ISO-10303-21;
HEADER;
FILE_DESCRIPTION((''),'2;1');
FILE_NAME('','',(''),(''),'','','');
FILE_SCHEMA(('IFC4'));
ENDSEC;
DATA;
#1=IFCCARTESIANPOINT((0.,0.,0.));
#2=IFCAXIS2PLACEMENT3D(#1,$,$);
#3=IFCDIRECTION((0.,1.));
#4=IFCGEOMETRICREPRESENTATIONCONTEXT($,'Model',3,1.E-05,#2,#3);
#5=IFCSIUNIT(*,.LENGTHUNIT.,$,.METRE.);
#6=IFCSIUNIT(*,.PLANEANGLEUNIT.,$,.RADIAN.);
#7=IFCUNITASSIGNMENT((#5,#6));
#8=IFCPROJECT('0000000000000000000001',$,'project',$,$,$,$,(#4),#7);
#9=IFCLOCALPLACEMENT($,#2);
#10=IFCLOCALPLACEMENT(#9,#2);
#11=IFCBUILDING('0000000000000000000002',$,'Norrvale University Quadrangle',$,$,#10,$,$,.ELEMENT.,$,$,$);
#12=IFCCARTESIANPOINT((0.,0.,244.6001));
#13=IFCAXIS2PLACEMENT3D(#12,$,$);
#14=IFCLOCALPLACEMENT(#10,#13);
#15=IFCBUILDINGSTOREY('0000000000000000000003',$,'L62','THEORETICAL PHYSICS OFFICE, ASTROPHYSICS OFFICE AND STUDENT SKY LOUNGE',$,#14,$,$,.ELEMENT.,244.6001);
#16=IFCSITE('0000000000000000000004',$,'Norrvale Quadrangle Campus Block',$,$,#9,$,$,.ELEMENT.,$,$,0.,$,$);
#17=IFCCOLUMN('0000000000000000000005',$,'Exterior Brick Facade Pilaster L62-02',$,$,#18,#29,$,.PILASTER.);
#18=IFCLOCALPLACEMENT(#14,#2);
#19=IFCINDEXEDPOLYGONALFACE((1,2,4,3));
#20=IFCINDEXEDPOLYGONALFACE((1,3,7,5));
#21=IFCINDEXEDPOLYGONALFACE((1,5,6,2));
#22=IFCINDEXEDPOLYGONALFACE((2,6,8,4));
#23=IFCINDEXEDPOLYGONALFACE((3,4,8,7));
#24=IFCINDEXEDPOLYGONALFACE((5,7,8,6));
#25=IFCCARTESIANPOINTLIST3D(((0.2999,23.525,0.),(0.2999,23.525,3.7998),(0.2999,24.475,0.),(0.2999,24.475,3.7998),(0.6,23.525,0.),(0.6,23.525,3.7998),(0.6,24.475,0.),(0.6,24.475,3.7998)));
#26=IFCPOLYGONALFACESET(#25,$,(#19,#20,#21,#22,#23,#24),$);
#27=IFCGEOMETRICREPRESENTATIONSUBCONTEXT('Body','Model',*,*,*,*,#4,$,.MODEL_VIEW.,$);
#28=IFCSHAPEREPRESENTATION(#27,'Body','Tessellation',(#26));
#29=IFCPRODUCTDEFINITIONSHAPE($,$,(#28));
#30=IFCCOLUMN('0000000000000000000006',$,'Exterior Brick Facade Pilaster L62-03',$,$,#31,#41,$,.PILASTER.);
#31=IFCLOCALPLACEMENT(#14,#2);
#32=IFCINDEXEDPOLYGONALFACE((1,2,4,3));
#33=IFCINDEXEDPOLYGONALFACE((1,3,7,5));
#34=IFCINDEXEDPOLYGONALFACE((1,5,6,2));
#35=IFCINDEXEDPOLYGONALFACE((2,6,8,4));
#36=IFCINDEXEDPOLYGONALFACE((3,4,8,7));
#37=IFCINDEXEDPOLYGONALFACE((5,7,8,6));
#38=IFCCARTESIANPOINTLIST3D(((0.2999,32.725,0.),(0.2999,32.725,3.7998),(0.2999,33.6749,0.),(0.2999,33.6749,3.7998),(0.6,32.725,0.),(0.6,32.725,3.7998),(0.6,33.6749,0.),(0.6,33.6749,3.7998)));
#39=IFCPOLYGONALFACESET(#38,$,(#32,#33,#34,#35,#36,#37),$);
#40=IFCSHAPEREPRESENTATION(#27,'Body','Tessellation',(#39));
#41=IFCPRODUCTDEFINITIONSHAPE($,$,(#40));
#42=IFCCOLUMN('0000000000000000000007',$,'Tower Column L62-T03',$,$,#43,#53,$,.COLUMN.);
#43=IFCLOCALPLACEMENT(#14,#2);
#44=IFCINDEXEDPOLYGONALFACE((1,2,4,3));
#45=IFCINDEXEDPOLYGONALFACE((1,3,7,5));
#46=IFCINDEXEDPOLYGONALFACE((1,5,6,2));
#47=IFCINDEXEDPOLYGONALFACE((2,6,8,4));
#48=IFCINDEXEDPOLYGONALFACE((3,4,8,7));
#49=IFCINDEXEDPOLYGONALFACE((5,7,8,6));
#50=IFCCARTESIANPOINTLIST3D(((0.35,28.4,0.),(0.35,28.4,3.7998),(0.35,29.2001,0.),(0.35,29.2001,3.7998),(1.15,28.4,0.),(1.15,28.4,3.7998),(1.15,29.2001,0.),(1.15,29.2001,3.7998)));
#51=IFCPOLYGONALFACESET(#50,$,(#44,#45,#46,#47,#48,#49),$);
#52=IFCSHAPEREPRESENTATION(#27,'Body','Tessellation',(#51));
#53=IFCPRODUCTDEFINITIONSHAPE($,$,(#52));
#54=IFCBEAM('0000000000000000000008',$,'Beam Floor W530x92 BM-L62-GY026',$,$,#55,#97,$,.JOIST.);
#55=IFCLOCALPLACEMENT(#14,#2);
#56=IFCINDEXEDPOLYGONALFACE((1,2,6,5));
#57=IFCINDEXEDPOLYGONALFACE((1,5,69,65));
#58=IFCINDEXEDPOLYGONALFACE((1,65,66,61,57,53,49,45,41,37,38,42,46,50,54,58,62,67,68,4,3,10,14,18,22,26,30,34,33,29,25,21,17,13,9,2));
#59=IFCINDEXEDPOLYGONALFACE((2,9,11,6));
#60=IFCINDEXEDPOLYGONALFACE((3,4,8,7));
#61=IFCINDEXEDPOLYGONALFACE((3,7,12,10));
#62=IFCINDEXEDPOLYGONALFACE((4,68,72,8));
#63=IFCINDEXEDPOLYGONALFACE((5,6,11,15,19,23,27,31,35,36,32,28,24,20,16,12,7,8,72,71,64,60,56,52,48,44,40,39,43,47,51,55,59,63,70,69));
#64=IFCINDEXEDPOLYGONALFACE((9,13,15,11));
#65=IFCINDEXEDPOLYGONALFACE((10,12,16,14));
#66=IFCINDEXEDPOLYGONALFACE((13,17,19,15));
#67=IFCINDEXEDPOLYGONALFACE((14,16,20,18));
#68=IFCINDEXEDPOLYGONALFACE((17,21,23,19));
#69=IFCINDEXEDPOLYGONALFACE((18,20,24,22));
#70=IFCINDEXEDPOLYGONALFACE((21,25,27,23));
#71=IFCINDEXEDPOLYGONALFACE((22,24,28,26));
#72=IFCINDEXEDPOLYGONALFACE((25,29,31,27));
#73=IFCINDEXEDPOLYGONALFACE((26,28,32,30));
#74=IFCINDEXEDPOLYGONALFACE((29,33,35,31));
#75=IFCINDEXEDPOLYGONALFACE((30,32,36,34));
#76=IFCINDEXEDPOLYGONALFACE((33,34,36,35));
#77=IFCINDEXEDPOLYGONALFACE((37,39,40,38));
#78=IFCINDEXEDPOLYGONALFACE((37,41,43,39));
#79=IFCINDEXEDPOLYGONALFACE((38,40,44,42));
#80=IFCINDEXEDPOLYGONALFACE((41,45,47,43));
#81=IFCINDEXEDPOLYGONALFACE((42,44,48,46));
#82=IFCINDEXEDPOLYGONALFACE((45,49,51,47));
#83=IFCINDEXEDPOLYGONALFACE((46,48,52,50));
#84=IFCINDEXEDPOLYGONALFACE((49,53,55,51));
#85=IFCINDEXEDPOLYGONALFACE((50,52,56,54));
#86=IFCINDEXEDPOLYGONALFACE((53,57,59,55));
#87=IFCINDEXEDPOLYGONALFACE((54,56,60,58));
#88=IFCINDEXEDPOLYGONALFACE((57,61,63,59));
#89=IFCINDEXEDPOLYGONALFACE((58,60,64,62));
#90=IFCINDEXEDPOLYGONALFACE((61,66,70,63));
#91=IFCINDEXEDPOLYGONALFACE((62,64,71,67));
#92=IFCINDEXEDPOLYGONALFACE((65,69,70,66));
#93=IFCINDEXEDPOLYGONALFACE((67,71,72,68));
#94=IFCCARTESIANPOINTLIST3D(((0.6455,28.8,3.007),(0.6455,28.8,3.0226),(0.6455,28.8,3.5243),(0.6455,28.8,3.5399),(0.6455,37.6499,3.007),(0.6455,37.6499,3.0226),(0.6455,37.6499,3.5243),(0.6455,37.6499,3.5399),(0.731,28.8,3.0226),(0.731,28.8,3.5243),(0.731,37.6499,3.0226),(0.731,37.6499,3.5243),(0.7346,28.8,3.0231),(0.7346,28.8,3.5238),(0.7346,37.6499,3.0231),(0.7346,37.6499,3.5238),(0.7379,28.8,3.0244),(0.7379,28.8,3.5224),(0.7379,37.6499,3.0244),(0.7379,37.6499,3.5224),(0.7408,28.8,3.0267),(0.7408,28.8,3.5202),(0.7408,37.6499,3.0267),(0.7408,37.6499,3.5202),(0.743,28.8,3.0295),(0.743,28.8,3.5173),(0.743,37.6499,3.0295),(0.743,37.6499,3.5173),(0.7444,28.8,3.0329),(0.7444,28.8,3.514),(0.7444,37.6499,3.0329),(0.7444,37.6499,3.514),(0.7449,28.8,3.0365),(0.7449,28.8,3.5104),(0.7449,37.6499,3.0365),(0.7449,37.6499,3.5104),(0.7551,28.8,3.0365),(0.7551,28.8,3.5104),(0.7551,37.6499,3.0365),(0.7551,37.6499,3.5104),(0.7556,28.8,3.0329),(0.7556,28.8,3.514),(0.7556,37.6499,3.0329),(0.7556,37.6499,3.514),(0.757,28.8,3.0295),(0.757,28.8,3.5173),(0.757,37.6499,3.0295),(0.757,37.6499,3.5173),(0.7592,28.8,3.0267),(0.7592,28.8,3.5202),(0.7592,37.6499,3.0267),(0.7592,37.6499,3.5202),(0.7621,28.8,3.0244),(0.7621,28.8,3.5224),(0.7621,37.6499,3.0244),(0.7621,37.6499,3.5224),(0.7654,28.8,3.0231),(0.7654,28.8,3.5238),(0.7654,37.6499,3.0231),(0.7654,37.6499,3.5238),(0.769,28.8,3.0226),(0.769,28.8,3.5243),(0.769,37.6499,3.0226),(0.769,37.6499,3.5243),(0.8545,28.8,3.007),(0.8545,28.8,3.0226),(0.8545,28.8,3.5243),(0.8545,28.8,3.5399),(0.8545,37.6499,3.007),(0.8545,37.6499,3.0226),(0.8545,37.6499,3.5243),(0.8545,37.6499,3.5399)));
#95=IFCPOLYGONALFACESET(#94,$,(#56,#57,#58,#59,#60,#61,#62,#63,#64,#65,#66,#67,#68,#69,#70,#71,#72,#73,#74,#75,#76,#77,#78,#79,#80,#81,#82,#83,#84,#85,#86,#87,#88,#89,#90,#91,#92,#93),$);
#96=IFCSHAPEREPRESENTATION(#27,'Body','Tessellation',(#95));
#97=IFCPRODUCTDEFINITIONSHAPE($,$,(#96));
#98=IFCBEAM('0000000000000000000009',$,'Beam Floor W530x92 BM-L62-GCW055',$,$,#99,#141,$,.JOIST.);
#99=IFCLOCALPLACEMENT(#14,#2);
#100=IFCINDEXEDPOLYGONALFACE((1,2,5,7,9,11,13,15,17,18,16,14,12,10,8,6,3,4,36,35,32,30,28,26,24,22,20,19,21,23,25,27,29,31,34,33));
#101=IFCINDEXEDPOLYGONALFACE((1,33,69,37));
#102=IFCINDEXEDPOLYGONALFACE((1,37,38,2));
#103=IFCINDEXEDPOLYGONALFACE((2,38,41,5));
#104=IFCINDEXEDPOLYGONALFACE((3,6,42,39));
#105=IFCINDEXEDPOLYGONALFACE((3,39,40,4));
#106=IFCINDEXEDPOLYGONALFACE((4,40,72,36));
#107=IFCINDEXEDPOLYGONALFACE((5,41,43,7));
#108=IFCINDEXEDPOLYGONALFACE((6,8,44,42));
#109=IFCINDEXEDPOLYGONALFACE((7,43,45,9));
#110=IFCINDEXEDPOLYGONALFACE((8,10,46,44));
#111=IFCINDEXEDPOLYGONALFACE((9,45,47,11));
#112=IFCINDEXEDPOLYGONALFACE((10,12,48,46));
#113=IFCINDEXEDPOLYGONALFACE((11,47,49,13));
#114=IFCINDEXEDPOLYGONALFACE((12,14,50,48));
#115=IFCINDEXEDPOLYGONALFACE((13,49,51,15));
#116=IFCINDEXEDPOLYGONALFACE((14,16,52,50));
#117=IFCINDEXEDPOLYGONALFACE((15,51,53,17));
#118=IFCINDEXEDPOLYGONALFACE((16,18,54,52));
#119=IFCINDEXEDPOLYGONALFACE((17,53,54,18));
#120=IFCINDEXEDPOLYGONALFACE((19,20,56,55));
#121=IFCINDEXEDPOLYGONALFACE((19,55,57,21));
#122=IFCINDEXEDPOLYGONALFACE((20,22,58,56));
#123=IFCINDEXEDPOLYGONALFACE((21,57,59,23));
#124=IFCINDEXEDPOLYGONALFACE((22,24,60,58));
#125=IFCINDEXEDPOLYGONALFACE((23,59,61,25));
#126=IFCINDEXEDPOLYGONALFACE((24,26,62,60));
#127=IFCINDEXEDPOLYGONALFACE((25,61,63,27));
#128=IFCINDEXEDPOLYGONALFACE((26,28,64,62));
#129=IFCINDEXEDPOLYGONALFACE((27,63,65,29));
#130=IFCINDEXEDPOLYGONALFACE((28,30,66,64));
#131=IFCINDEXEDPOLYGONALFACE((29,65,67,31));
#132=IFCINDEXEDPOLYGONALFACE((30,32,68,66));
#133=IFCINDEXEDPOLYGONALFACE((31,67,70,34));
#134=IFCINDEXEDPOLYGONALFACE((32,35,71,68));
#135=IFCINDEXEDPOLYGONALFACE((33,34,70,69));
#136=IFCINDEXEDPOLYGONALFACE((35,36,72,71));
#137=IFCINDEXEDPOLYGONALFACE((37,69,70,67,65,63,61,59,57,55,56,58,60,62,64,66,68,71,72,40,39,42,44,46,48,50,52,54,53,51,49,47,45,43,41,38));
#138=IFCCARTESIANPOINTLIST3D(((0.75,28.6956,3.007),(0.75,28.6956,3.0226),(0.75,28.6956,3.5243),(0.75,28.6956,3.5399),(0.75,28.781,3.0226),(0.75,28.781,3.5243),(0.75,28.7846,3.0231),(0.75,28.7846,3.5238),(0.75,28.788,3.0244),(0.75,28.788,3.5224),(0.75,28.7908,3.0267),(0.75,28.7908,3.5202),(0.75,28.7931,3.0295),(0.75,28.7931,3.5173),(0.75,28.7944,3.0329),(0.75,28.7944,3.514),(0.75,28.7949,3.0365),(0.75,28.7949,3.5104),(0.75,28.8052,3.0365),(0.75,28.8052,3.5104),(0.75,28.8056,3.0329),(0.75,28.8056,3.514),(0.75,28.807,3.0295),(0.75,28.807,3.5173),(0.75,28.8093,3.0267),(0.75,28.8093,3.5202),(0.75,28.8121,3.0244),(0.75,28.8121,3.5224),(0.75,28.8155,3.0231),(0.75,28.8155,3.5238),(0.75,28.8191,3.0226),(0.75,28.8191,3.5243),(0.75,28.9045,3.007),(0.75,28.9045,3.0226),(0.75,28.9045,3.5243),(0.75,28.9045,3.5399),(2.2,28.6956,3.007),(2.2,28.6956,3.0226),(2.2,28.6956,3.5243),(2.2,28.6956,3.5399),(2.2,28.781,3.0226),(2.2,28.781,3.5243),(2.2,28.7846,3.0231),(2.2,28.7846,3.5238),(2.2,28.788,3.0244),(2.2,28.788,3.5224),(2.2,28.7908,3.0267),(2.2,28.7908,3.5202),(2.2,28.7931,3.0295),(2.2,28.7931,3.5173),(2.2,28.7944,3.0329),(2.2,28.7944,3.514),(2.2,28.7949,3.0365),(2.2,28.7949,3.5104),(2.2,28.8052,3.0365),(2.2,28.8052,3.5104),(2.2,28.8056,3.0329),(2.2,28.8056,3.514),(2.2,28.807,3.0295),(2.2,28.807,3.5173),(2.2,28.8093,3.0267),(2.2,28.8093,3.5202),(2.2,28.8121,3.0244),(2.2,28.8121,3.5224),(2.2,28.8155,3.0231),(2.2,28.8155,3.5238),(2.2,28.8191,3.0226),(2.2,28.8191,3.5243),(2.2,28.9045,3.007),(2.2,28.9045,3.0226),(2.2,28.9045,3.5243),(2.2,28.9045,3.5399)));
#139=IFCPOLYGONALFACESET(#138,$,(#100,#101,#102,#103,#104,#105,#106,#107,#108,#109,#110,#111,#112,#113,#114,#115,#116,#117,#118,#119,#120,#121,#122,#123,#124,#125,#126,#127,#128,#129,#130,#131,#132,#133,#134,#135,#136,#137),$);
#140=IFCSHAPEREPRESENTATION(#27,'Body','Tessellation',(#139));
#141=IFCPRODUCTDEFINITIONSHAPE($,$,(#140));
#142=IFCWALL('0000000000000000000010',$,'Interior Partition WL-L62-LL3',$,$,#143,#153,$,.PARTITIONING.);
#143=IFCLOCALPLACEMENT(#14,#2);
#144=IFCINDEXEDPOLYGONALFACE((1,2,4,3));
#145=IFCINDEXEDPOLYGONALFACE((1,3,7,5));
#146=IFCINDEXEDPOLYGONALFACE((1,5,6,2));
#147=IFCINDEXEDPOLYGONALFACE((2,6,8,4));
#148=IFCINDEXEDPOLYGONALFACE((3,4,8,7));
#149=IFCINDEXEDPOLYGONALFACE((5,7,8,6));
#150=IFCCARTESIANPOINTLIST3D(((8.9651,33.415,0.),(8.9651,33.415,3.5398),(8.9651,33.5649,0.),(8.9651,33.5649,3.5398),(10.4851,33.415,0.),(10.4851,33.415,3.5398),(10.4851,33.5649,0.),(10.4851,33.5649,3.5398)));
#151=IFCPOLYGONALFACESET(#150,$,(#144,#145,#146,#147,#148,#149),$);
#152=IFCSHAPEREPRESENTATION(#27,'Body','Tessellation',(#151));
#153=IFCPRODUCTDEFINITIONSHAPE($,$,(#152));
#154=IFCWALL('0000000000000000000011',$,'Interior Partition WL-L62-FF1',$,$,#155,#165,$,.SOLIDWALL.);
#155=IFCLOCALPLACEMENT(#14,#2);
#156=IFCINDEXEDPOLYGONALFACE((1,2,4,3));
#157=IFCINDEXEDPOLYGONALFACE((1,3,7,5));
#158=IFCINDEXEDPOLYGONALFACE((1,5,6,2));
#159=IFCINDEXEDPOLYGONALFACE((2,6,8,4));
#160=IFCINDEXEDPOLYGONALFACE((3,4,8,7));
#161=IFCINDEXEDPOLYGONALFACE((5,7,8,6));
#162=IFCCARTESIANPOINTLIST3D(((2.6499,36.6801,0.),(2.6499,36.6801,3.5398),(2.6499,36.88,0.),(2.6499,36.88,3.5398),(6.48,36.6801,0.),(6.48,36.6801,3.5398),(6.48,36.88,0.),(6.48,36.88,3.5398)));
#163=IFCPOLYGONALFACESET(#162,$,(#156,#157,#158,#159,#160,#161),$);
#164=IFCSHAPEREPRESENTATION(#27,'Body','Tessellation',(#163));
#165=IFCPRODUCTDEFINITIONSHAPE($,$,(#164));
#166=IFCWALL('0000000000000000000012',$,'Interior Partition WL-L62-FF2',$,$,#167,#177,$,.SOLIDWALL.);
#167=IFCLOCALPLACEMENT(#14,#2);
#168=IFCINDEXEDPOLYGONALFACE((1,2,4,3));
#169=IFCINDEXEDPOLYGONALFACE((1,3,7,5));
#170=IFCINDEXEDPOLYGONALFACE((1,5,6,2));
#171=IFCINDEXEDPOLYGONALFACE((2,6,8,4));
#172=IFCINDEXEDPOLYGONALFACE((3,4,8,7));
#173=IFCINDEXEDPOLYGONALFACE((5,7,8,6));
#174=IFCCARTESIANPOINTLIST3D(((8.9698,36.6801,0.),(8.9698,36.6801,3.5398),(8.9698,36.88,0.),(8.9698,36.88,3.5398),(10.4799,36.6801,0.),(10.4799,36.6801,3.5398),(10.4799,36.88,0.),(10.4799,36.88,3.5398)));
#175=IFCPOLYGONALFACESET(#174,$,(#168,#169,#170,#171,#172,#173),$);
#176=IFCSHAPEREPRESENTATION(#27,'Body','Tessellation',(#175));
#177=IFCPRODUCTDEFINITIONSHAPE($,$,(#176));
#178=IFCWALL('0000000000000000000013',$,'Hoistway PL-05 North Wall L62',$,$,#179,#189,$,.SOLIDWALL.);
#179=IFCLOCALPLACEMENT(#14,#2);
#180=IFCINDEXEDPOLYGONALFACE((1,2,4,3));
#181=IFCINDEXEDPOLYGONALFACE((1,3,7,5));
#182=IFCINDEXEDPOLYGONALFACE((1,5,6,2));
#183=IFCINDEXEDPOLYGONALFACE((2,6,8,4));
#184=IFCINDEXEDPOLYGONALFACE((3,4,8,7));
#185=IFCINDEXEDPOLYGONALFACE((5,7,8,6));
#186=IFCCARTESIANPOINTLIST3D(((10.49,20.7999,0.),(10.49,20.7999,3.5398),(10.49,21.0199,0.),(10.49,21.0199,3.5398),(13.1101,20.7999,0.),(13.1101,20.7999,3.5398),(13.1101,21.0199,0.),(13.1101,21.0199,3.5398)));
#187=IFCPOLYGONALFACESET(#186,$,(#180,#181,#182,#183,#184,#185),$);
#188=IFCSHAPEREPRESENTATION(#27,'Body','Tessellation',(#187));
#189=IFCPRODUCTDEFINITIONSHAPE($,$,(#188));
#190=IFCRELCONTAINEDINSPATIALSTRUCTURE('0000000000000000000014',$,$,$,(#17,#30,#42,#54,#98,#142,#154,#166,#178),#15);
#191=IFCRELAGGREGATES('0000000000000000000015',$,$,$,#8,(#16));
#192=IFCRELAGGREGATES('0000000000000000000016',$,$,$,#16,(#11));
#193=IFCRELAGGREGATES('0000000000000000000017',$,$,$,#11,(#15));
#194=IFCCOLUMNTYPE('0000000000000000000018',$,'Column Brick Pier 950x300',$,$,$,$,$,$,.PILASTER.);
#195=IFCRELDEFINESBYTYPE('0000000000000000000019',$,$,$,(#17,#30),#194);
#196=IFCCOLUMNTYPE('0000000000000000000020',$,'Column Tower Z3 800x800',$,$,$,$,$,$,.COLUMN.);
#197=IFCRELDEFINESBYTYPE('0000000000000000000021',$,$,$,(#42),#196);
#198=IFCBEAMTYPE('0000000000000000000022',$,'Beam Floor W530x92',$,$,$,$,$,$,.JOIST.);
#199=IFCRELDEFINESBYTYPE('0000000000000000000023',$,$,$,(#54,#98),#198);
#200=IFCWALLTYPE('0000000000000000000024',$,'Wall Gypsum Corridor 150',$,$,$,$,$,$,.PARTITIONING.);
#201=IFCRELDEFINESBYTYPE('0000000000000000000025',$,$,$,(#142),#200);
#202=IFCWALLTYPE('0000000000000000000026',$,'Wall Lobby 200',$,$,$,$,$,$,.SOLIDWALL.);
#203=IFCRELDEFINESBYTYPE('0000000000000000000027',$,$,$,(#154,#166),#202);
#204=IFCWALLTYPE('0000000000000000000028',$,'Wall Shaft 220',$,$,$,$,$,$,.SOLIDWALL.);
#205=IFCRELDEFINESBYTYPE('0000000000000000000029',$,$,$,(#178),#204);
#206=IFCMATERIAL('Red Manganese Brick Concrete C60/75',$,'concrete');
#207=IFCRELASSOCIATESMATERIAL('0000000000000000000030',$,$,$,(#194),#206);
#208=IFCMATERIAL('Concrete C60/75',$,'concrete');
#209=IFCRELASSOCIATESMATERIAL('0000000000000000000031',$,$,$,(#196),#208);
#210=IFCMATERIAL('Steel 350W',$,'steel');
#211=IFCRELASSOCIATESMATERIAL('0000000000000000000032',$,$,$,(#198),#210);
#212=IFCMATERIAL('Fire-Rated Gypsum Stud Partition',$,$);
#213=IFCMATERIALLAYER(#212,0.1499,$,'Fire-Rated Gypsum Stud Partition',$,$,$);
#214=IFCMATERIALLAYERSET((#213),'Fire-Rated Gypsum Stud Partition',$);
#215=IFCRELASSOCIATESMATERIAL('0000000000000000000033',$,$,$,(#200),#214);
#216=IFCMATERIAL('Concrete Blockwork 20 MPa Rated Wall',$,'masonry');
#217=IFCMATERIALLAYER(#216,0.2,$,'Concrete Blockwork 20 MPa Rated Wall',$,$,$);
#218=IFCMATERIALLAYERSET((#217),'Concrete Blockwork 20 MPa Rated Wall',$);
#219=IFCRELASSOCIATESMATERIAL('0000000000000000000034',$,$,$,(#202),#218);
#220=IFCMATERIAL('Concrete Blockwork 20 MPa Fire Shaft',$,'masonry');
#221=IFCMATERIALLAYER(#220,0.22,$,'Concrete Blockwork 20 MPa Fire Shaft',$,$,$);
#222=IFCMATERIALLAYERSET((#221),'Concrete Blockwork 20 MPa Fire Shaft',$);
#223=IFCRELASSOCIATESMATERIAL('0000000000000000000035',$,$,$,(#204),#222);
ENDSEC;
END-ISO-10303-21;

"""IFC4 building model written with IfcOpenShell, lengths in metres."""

from ifc_helpers import new_model, si_unit, direction, frame, frame_2d, origin, origin_2d, place, context, subcontext, project, spatial, rectangle, i_section, extrude, material, layer, layer_set, material_profile, profile_set, type_object, element, save


model = new_model("IFC4")

# Units and contexts
model_context = context("Model", 3, precision=1e-05, world=origin(), true_north=direction((0.0, 1.0)))
body_context = subcontext(model_context, "Body", "Model", "MODEL_VIEW")
ifc_project = project(units=[si_unit("LENGTHUNIT", "METRE"), si_unit("PLANEANGLEUNIT", "RADIAN")], contexts=[model_context])

# Site, building, storey
site_placement = place(None, origin())
site = spatial("IfcSite", under=ifc_project, at=site_placement, Name="Norrvale Quadrangle Campus Block", CompositionType="ELEMENT", RefElevation=0.0)
building_placement = place(site_placement, origin())
building = spatial("IfcBuilding", under=site, at=building_placement, Name="Norrvale University Quadrangle", CompositionType="ELEMENT")
storey_placement = place(building_placement, frame((0.0, 0.0, 244.6001)))
storey = spatial("IfcBuildingStorey", under=building, at=storey_placement, Name="L62", Description="THEORETICAL PHYSICS OFFICE, ASTROPHYSICS OFFICE AND STUDENT SKY LOUNGE", CompositionType="ELEMENT", Elevation=244.6001)

# Columns
ifc_material_1 = material(Name="Red Manganese Brick Concrete C60/75", Category="concrete")
ifc_material_profile_1 = material_profile(ifc_material_1, rectangle(XDim=0.95, YDim=0.3, at=origin_2d()), Name="Red Manganese Brick Concrete C60/75")
ifc_profile_set_1 = profile_set([ifc_material_profile_1], Name="Red Manganese Brick Concrete C60/75")
column_type_1 = type_object("IfcColumnType", Name="Column Brick Pier 950x300", PredefinedType="PILASTER", material=ifc_profile_set_1)
for number, where, z_axis, x_axis, name in (
    (1, (0.45, 24.0, 0.0), (0.0, 0.0, 1.0), (0.0, 1.0, 0.0), "Exterior Brick Facade Pilaster L62-02"),
    (2, (0.45, 33.2, 0.0), (0.0, 0.0, 1.0), (0.0, 1.0, 0.0), "Exterior Brick Facade Pilaster L62-03"),
):
    element("IfcColumn", number, at=place(storey_placement, frame(where, z_axis=z_axis, x_axis=x_axis)), inside=storey, type_object=column_type_1, Name=name, PredefinedType="PILASTER", context=body_context, shape_type="SweptSolid", body=[
        extrude(rectangle(XDim=0.95, YDim=0.3, at=origin_2d()), origin(), (0.0, 0.0, 1.0), 3.7998),
    ])
ifc_material_2 = material(Name="Concrete C60/75", Category="concrete")
ifc_material_profile_2 = material_profile(ifc_material_2, rectangle(XDim=0.8, YDim=0.8, at=origin_2d()), Name="Concrete C60/75")
ifc_profile_set_2 = profile_set([ifc_material_profile_2], Name="Concrete C60/75")
column_type_2 = type_object("IfcColumnType", Name="Column Tower Z3 800x800", PredefinedType="COLUMN", material=ifc_profile_set_2)
column_placement = place(storey_placement, frame((0.75, 28.8, 0.0), z_axis=(0.0, 0.0, 1.0), x_axis=(1.0, 0.0, 0.0)))
element("IfcColumn", 3, at=column_placement, inside=storey, type_object=column_type_2, Name="Tower Column L62-T03", PredefinedType="COLUMN", context=body_context, shape_type="SweptSolid", body=[
    extrude(rectangle(XDim=0.8, YDim=0.8, at=origin_2d()), origin(), (0.0, 0.0, 1.0), 3.7998),
])

# Beams
ifc_material_3 = material(Name="Steel 350W", Category="steel")
ifc_material_profile_3 = material_profile(ifc_material_3, i_section(OverallWidth=0.209, OverallDepth=0.533, WebThickness=0.0103, FlangeThickness=0.0156, FilletRadius=0.0139, at=origin_2d()), Name="Steel 350W")
ifc_profile_set_3 = profile_set([ifc_material_profile_3], Name="Steel 350W")
beam_type = type_object("IfcBeamType", Name="Beam Floor W530x92", PredefinedType="JOIST", material=ifc_profile_set_3)
beam_1_placement = place(storey_placement, frame((0.75, 28.8, 3.2734), z_axis=(0.0, 1.0, 0.0), x_axis=(-1.0, 0.0, 0.0)))
element("IfcBeam", 4, at=beam_1_placement, inside=storey, type_object=beam_type, Name="Beam Floor W530x92 BM-L62-GY026", PredefinedType="JOIST", context=body_context, shape_type="SweptSolid", body=[
    extrude(i_section(OverallWidth=0.209, OverallDepth=0.533, WebThickness=0.0103, FlangeThickness=0.0156, FilletRadius=0.0139, at=origin_2d()), origin(), (0.0, 0.0, 1.0), 8.8499),
])
beam_2_placement = place(storey_placement, frame((0.75, 28.8, 3.2734), z_axis=(1.0, 0.0, 0.0), x_axis=(0.0, 1.0, 0.0)))
element("IfcBeam", 5, at=beam_2_placement, inside=storey, type_object=beam_type, Name="Beam Floor W530x92 BM-L62-GCW055", PredefinedType="JOIST", context=body_context, shape_type="SweptSolid", body=[
    extrude(i_section(OverallWidth=0.209, OverallDepth=0.533, WebThickness=0.0103, FlangeThickness=0.0156, FilletRadius=0.0139, at=origin_2d()), origin(), (0.0, 0.0, 1.0), 1.45),
])

# Walls
ifc_material_4 = material(Name="Fire-Rated Gypsum Stud Partition")
ifc_layer_1 = layer(ifc_material_4, 0.1499, Name="Fire-Rated Gypsum Stud Partition")
ifc_layer_set_1 = layer_set([ifc_layer_1], Name="Fire-Rated Gypsum Stud Partition")
wall_type_1 = type_object("IfcWallType", Name="Wall Gypsum Corridor 150", PredefinedType="PARTITIONING", material=ifc_layer_set_1)
wall_1_placement = place(storey_placement, frame((8.9651, 33.49, 0.0), z_axis=(0.0, 0.0, 1.0), x_axis=(1.0, 0.0, 0.0)))
element("IfcWall", 6, at=wall_1_placement, inside=storey, type_object=wall_type_1, Name="Interior Partition WL-L62-LL3", PredefinedType="PARTITIONING", context=body_context, shape_type="SweptSolid", body=[
    extrude(rectangle(XDim=1.52, YDim=0.1499, at=frame_2d((0.76, 0.0))), origin(), (0.0, 0.0, 1.0), 3.5398),
])
ifc_material_5 = material(Name="Concrete Blockwork 20 MPa Rated Wall", Category="masonry")
ifc_layer_2 = layer(ifc_material_5, 0.2, Name="Concrete Blockwork 20 MPa Rated Wall")
ifc_layer_set_2 = layer_set([ifc_layer_2], Name="Concrete Blockwork 20 MPa Rated Wall")
wall_type_2 = type_object("IfcWallType", Name="Wall Lobby 200", PredefinedType="SOLIDWALL", material=ifc_layer_set_2)
wall_2_placement = place(storey_placement, frame((2.6499, 36.78, 0.0), z_axis=(0.0, 0.0, 1.0), x_axis=(1.0, 0.0, 0.0)))
element("IfcWall", 7, at=wall_2_placement, inside=storey, type_object=wall_type_2, Name="Interior Partition WL-L62-FF1", PredefinedType="SOLIDWALL", context=body_context, shape_type="SweptSolid", body=[
    extrude(rectangle(XDim=3.8301, YDim=0.2, at=frame_2d((1.915, 0.0))), origin(), (0.0, 0.0, 1.0), 3.5398),
])
wall_3_placement = place(storey_placement, frame((8.97, 36.78, 0.0), z_axis=(0.0, 0.0, 1.0), x_axis=(1.0, 0.0, 0.0)))
element("IfcWall", 8, at=wall_3_placement, inside=storey, type_object=wall_type_2, Name="Interior Partition WL-L62-FF2", PredefinedType="SOLIDWALL", context=body_context, shape_type="SweptSolid", body=[
    extrude(rectangle(XDim=1.51, YDim=0.2, at=frame_2d((0.7549, 0.0))), origin(), (0.0, 0.0, 1.0), 3.5398),
])
ifc_material_6 = material(Name="Concrete Blockwork 20 MPa Fire Shaft", Category="masonry")
ifc_layer_3 = layer(ifc_material_6, 0.22, Name="Concrete Blockwork 20 MPa Fire Shaft")
ifc_layer_set_3 = layer_set([ifc_layer_3], Name="Concrete Blockwork 20 MPa Fire Shaft")
wall_type_3 = type_object("IfcWallType", Name="Wall Shaft 220", PredefinedType="SOLIDWALL", material=ifc_layer_set_3)
wall_4_placement = place(storey_placement, frame((10.49, 20.9099, 0.0), z_axis=(0.0, 0.0, 1.0), x_axis=(1.0, 0.0, 0.0)))
element("IfcWall", 9, at=wall_4_placement, inside=storey, type_object=wall_type_3, Name="Hoistway PL-05 North Wall L62", PredefinedType="SOLIDWALL", context=body_context, shape_type="SweptSolid", body=[
    extrude(rectangle(XDim=2.6201, YDim=0.22, at=frame_2d((1.3101, 0.0))), origin(), (0.0, 0.0, 1.0), 3.5398),
])

save(model, "model.ifc")
